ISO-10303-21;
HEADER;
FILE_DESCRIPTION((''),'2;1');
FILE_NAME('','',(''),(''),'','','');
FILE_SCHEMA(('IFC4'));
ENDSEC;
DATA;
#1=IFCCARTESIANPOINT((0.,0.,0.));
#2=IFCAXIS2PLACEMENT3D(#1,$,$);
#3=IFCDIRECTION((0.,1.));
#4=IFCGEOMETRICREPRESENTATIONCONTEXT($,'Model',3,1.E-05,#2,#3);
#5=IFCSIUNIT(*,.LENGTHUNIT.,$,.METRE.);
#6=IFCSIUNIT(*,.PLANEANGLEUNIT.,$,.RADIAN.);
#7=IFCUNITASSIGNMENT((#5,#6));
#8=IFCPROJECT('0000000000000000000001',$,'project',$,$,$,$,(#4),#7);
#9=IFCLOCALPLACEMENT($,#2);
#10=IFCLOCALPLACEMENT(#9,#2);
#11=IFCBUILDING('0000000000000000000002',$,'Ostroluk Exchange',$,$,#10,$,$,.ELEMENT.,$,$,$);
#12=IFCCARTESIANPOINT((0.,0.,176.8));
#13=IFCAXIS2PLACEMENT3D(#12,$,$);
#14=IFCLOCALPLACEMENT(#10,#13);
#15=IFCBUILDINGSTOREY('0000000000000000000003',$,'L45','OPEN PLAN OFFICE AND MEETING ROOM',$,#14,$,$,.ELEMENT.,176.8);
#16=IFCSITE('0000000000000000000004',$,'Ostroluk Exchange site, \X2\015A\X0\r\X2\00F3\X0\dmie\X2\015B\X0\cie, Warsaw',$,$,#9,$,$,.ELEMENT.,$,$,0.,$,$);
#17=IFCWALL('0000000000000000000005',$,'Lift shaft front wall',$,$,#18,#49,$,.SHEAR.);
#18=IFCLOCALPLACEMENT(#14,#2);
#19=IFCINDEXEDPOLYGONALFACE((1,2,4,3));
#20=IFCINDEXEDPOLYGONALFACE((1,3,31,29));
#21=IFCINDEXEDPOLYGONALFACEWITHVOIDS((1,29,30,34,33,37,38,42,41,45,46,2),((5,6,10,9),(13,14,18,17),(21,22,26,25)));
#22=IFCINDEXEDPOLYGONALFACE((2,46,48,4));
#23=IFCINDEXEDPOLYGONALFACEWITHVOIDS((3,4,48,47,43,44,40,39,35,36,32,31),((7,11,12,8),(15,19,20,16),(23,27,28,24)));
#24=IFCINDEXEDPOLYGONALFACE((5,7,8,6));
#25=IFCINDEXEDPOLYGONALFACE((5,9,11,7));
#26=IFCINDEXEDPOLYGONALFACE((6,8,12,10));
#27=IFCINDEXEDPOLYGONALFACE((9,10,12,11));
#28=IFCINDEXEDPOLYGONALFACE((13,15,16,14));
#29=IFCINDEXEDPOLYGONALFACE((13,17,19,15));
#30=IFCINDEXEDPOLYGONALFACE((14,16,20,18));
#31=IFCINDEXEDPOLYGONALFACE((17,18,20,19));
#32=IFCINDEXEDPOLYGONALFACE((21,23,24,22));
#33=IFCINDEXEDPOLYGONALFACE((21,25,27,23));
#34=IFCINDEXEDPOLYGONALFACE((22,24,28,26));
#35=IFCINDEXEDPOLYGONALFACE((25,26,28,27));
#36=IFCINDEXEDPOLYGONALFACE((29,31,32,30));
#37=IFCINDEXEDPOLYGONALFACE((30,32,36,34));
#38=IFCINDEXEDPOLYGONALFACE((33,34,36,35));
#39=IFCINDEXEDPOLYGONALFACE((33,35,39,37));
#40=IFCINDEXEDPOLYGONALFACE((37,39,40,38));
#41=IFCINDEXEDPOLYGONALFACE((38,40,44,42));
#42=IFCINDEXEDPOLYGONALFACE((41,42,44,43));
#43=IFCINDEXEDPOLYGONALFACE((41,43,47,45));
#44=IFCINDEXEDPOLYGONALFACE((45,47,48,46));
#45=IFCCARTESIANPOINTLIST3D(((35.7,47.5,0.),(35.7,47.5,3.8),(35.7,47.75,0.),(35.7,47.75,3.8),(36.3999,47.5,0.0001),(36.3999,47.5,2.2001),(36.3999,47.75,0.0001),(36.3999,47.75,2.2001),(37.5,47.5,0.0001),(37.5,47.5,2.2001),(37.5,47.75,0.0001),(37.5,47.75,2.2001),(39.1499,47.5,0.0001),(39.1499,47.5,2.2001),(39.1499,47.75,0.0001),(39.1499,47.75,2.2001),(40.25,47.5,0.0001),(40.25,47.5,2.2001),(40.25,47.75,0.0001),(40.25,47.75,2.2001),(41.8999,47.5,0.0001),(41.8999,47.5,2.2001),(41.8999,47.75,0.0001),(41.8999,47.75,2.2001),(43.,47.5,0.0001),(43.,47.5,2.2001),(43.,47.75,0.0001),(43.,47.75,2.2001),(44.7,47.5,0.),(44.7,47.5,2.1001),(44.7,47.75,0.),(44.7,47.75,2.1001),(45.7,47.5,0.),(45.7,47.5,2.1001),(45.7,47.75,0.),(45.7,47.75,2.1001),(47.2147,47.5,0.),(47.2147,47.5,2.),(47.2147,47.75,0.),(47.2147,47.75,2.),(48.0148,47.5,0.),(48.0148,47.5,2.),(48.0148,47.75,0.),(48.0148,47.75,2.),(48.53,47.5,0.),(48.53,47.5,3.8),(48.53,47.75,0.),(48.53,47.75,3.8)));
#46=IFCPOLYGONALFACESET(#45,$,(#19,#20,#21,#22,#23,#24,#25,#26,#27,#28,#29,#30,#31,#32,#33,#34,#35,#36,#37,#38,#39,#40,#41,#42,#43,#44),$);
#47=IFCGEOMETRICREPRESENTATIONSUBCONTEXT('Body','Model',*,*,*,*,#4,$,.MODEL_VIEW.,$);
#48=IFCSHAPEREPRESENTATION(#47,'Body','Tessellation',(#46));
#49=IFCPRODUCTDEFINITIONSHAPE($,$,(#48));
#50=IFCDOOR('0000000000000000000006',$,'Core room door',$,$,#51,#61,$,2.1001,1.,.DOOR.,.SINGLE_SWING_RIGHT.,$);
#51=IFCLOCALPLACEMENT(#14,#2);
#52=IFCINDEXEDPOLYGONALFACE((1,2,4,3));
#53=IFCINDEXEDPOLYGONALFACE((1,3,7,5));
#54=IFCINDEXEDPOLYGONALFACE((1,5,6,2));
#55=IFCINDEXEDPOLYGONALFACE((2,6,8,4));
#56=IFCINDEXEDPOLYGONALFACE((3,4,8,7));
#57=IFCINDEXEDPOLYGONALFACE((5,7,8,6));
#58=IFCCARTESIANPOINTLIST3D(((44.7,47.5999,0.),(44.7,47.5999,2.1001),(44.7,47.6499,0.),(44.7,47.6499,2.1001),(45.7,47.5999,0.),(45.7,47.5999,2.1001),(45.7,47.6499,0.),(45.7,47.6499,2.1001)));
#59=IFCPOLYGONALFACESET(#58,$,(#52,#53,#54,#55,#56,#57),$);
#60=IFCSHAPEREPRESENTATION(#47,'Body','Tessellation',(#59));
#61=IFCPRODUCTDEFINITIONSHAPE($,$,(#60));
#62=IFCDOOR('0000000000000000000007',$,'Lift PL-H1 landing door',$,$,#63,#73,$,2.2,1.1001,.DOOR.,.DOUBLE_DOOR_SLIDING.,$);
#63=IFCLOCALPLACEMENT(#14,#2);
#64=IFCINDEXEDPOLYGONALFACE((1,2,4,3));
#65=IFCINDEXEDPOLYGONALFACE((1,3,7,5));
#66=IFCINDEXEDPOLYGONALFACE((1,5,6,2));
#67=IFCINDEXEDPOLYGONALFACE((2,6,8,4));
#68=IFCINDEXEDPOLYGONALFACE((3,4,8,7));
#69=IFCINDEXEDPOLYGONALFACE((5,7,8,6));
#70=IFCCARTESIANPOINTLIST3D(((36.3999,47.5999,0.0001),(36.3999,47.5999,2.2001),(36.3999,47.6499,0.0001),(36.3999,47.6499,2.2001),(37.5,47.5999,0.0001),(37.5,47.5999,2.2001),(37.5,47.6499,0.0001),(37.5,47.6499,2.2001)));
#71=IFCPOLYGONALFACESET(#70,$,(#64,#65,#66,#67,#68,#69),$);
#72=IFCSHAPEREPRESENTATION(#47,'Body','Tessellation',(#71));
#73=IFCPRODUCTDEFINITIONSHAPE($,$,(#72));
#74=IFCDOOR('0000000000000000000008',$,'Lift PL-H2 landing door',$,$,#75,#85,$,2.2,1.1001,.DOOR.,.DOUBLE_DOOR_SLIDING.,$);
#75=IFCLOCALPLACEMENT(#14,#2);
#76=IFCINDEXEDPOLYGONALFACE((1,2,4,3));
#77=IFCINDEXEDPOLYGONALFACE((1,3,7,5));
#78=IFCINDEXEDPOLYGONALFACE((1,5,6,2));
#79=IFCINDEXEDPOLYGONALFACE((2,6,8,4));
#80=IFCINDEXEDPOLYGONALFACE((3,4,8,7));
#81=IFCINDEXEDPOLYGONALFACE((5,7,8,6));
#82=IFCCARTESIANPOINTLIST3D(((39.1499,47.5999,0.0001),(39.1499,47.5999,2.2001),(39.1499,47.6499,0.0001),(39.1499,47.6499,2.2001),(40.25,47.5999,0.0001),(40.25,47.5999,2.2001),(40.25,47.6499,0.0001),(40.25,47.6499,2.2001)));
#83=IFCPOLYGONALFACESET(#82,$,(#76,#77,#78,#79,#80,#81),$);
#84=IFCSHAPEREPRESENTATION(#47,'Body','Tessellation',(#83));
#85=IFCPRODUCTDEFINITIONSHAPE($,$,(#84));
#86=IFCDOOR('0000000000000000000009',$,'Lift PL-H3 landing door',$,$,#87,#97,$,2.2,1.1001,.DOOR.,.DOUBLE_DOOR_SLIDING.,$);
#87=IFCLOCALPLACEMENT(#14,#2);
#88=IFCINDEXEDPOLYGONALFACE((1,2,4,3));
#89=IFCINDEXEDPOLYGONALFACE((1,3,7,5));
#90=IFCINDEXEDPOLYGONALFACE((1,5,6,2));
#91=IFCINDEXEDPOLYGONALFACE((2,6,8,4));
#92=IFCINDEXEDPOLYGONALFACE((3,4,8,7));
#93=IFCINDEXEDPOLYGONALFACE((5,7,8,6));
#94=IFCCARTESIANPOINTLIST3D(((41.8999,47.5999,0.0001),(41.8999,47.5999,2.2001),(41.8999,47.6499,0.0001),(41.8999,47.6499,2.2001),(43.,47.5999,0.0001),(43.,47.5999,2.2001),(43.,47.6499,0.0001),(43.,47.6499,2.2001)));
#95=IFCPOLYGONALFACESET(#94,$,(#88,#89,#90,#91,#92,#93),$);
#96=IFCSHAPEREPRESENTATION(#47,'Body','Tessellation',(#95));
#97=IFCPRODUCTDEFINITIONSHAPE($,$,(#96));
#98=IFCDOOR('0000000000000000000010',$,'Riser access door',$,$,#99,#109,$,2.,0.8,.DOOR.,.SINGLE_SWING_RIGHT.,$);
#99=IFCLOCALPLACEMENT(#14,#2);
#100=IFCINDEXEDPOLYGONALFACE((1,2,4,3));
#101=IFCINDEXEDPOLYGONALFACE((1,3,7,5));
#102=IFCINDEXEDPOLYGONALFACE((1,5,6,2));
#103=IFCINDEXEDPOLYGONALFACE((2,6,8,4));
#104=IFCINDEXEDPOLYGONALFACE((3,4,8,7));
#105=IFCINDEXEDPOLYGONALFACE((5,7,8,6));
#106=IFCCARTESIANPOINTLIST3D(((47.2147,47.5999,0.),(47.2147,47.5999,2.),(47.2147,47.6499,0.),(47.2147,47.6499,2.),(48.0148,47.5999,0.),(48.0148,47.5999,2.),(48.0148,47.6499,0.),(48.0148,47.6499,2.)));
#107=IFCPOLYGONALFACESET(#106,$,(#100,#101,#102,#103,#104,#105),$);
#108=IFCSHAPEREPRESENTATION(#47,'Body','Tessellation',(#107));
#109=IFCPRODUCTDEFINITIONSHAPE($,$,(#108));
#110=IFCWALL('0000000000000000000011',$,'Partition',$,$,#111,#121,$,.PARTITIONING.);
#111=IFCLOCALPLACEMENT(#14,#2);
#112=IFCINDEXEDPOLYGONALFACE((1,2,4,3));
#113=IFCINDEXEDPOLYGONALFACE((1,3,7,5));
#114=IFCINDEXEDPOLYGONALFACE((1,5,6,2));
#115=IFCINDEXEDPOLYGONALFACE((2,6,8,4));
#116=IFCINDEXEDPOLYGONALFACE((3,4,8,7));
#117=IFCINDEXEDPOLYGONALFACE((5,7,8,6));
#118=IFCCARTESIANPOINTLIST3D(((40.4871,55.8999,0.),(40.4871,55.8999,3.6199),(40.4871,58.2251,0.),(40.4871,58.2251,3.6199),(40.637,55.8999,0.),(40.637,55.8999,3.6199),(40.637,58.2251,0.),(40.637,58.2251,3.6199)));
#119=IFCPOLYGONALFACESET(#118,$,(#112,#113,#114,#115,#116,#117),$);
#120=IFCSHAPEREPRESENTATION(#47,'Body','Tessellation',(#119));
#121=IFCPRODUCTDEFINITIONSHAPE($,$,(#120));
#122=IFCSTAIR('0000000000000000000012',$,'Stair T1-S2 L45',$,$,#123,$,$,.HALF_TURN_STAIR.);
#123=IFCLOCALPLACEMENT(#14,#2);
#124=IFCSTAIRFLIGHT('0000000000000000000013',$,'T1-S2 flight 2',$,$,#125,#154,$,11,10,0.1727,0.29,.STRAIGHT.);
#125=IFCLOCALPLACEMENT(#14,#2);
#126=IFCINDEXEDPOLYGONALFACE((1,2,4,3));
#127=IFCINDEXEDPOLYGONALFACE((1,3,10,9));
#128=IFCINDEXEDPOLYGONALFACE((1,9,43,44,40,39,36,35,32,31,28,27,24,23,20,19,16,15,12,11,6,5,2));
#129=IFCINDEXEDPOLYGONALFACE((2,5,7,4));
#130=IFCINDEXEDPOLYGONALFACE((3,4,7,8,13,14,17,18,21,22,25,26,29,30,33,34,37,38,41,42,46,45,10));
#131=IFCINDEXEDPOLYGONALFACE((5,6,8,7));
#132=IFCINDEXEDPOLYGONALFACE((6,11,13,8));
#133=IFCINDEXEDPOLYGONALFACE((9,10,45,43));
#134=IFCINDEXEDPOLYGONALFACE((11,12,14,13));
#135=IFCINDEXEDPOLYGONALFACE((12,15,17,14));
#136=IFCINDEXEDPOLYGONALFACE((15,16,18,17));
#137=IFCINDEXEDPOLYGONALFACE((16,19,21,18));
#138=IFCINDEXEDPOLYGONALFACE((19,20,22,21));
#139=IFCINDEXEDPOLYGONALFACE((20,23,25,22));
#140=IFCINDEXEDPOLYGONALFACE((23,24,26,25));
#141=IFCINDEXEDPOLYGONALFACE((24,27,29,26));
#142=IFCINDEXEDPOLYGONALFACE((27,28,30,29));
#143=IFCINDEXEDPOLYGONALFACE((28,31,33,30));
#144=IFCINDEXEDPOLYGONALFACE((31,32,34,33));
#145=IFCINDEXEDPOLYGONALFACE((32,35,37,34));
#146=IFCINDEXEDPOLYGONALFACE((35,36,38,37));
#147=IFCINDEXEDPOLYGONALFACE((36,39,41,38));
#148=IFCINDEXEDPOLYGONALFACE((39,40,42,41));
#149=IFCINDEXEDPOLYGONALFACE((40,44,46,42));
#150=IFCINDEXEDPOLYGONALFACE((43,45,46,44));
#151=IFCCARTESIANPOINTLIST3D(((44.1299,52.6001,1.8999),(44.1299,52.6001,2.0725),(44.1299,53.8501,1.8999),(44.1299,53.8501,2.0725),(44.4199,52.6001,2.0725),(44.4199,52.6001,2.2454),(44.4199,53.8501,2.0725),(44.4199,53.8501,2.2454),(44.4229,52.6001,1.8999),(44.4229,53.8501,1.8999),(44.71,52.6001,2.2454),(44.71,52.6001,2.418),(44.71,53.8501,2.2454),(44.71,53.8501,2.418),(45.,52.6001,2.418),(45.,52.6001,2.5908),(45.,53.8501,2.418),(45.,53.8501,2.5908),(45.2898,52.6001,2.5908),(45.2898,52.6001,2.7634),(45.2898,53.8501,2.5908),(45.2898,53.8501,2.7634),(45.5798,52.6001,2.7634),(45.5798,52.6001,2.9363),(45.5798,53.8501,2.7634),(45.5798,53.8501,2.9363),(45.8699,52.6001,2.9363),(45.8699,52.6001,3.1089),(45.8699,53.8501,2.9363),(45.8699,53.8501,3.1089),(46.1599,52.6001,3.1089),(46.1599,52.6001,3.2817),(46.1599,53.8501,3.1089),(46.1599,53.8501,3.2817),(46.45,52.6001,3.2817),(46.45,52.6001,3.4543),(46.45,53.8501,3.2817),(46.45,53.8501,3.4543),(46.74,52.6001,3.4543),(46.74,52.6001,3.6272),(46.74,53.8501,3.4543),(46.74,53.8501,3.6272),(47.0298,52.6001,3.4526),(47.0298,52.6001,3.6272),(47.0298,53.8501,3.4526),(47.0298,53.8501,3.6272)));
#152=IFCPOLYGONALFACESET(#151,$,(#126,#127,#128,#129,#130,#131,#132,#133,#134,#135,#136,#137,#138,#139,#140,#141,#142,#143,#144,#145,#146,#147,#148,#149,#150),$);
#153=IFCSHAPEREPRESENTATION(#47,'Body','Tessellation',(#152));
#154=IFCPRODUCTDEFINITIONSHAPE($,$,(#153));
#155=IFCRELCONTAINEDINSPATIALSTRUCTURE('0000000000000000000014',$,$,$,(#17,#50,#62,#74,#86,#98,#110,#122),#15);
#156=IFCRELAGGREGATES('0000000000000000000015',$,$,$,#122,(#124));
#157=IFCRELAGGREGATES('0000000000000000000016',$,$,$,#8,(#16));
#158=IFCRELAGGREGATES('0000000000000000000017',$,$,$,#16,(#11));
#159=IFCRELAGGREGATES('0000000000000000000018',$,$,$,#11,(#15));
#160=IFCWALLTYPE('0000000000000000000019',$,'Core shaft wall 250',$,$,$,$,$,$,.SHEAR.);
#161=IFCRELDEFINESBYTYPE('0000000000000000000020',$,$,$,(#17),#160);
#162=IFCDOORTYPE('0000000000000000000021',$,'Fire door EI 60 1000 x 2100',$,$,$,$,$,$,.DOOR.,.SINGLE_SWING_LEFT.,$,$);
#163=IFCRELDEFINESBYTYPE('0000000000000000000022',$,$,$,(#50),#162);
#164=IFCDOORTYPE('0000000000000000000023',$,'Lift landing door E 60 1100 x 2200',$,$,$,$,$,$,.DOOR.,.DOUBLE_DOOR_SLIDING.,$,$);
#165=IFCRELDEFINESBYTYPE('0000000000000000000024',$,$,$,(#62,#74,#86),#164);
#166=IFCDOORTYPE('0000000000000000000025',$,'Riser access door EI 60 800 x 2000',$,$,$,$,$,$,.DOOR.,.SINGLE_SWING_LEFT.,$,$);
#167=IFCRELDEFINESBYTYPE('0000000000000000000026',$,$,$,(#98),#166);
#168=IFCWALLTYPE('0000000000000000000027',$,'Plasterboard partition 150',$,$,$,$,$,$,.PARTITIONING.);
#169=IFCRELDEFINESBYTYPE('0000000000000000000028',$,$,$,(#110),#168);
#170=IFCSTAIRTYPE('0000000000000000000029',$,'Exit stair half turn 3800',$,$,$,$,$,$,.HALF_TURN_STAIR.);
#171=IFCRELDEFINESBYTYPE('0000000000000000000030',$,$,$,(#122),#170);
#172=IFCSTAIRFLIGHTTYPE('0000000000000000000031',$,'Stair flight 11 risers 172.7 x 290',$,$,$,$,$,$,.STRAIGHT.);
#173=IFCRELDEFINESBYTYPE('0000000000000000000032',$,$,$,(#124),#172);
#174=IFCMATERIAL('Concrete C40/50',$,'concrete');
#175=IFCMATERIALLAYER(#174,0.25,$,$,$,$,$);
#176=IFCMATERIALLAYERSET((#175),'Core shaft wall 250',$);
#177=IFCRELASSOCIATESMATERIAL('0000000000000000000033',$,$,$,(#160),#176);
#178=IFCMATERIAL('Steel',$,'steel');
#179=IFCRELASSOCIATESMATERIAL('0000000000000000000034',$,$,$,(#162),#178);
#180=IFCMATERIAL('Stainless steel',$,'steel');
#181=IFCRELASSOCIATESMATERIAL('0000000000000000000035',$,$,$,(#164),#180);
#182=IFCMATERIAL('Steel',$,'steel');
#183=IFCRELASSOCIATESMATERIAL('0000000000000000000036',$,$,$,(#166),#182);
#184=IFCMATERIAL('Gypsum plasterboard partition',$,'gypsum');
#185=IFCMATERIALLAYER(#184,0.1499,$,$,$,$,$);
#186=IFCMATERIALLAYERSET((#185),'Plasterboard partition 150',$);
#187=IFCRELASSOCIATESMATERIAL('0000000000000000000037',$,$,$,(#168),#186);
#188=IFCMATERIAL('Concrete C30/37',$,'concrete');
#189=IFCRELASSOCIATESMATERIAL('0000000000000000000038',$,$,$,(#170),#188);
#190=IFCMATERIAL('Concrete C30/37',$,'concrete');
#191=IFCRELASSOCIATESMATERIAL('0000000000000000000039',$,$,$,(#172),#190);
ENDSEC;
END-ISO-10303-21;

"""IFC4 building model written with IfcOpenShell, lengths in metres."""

from ifc_helpers import new_model, si_unit, direction, frame, frame_2d, origin, place, context, subcontext, project, spatial, polyline, rectangle, outline, extrude, material, layer, layer_set, type_object, element, fill, aggregate, save


model = new_model("IFC4")

# Units and contexts
model_context = context("Model", 3, precision=1e-05, world=origin(), true_north=direction((0.0, 1.0)))
body_context = subcontext(model_context, "Body", "Model", "MODEL_VIEW")
ifc_project = project(units=[si_unit("LENGTHUNIT", "METRE"), si_unit("PLANEANGLEUNIT", "RADIAN")], contexts=[model_context])

# Site, building, storey
site_placement = place(None, origin())
site = spatial("IfcSite", under=ifc_project, at=site_placement, Name="Ostroluk Exchange site, Śródmieście, Warsaw", CompositionType="ELEMENT", RefElevation=0.0)
building_placement = place(site_placement, origin())
building = spatial("IfcBuilding", under=site, at=building_placement, Name="Ostroluk Exchange", CompositionType="ELEMENT")
storey_placement = place(building_placement, frame((0.0, 0.0, 176.8)))
storey = spatial("IfcBuildingStorey", under=building, at=storey_placement, Name="L45", Description="OPEN PLAN OFFICE AND MEETING ROOM", CompositionType="ELEMENT", Elevation=176.8)

# Shared definitions
ifc_material_1 = material(Name="Concrete C40/50", Category="concrete")
ifc_layer_1 = layer(ifc_material_1, 0.25)
ifc_layer_set_1 = layer_set([ifc_layer_1], Name="Core shaft wall 250")
wall_type_1 = type_object("IfcWallType", Name="Core shaft wall 250", PredefinedType="SHEAR", material=ifc_layer_set_1)

# Wall, openings, doors
wall_1_placement = place(storey_placement, frame((35.7, 47.625, 0.0), z_axis=(0.0, 0.0, 1.0), x_axis=(1.0, 0.0, 0.0)))
wall_1 = element("IfcWall", 1, at=wall_1_placement, inside=storey, type_object=wall_type_1, Name="Lift shaft front wall", PredefinedType="SHEAR", context=body_context, shape_type="SweptSolid", body=[
    extrude(rectangle(XDim=12.8301, YDim=0.25, at=frame_2d((6.415, 0.0))), origin(), (0.0, 0.0, 1.0), 3.8),
])
opening_1_placement = place(wall_1_placement, frame((0.7, 0.0, 0.0)))
opening_1 = element("IfcOpeningElement", 2, at=opening_1_placement, cuts=wall_1, PredefinedType="OPENING", context=body_context, shape_type="SweptSolid", body=[
    extrude(rectangle(XDim=1.1001, YDim=2.2, at=frame_2d((0.55, 1.1001))), frame((0.0, 0.135, 0.0), z_axis=(0.0, -1.0, 0.0), x_axis=(1.0, 0.0, 0.0)), (0.0, 0.0, 1.0), 0.27),
])
opening_2_placement = place(wall_1_placement, frame((3.45, 0.0, 0.0)))
opening_2 = element("IfcOpeningElement", 3, at=opening_2_placement, cuts=wall_1, PredefinedType="OPENING", context=body_context, shape_type="SweptSolid", body=[
    extrude(rectangle(XDim=1.1001, YDim=2.2, at=frame_2d((0.55, 1.1001))), frame((0.0, 0.135, 0.0), z_axis=(0.0, -1.0, 0.0), x_axis=(1.0, 0.0, 0.0)), (0.0, 0.0, 1.0), 0.27),
])
opening_3_placement = place(wall_1_placement, frame((6.2, 0.0, 0.0)))
opening_3 = element("IfcOpeningElement", 4, at=opening_3_placement, cuts=wall_1, PredefinedType="OPENING", context=body_context, shape_type="SweptSolid", body=[
    extrude(rectangle(XDim=1.1001, YDim=2.2, at=frame_2d((0.55, 1.1001))), frame((0.0, 0.135, 0.0), z_axis=(0.0, -1.0, 0.0), x_axis=(1.0, 0.0, 0.0)), (0.0, 0.0, 1.0), 0.27),
])
opening_4_placement = place(wall_1_placement, frame((9.0, 0.0, 0.0)))
opening_4 = element("IfcOpeningElement", 5, at=opening_4_placement, cuts=wall_1, PredefinedType="OPENING", context=body_context, shape_type="SweptSolid", body=[
    extrude(rectangle(XDim=1.0, YDim=2.1001, at=frame_2d((0.5, 1.05))), frame((0.0, 0.135, 0.0), z_axis=(0.0, -1.0, 0.0), x_axis=(1.0, 0.0, 0.0)), (0.0, 0.0, 1.0), 0.27),
])
opening_5_placement = place(wall_1_placement, frame((11.5149, 0.0, 0.0)))
opening_5 = element("IfcOpeningElement", 6, at=opening_5_placement, cuts=wall_1, PredefinedType="OPENING", context=body_context, shape_type="SweptSolid", body=[
    extrude(rectangle(XDim=0.8, YDim=2.0, at=frame_2d((0.3999, 1.0))), frame((0.0, 0.135, 0.0), z_axis=(0.0, -1.0, 0.0), x_axis=(1.0, 0.0, 0.0)), (0.0, 0.0, 1.0), 0.27),
])
ifc_material_2 = material(Name="Steel", Category="steel")
door_type_1 = type_object("IfcDoorType", Name="Fire door EI 60 1000 x 2100", OperationType="SINGLE_SWING_LEFT", PredefinedType="DOOR", material=ifc_material_2)
door_1_placement = place(opening_4_placement, origin())
door_1 = element("IfcDoor", 7, at=door_1_placement, inside=storey, type_object=door_type_1, Name="Core room door", OperationType="SINGLE_SWING_RIGHT", OverallHeight=2.1001, OverallWidth=1.0, PredefinedType="DOOR", context=body_context, shape_type="SweptSolid", body=[
    extrude(rectangle(XDim=1.0, YDim=2.1001, at=frame_2d((0.5, 1.05))), frame((0.0, 0.0249, 0.0), z_axis=(0.0, -1.0, 0.0), x_axis=(1.0, 0.0, 0.0)), (0.0, 0.0, 1.0), 0.05),
])
fill(opening_4, door_1)
ifc_material_3 = material(Name="Stainless steel", Category="steel")
door_type_2 = type_object("IfcDoorType", Name="Lift landing door E 60 1100 x 2200", OperationType="DOUBLE_DOOR_SLIDING", PredefinedType="DOOR", material=ifc_material_3)
door_2_placement = place(opening_1_placement, origin())
door_2 = element("IfcDoor", 8, at=door_2_placement, inside=storey, type_object=door_type_2, Name="Lift PL-H1 landing door", OperationType="DOUBLE_DOOR_SLIDING", OverallHeight=2.2, OverallWidth=1.1001, PredefinedType="DOOR", context=body_context, shape_type="SweptSolid", body=[
    extrude(rectangle(XDim=1.1001, YDim=2.2, at=frame_2d((0.55, 1.1001))), frame((0.0, 0.0249, 0.0), z_axis=(0.0, -1.0, 0.0), x_axis=(1.0, 0.0, 0.0)), (0.0, 0.0, 1.0), 0.05),
])
fill(opening_1, door_2)
door_3_placement = place(opening_2_placement, origin())
door_3 = element("IfcDoor", 9, at=door_3_placement, inside=storey, type_object=door_type_2, Name="Lift PL-H2 landing door", OperationType="DOUBLE_DOOR_SLIDING", OverallHeight=2.2, OverallWidth=1.1001, PredefinedType="DOOR", context=body_context, shape_type="SweptSolid", body=[
    extrude(rectangle(XDim=1.1001, YDim=2.2, at=frame_2d((0.55, 1.1001))), frame((0.0, 0.0249, 0.0), z_axis=(0.0, -1.0, 0.0), x_axis=(1.0, 0.0, 0.0)), (0.0, 0.0, 1.0), 0.05),
])
fill(opening_2, door_3)
door_4_placement = place(opening_3_placement, origin())
door_4 = element("IfcDoor", 10, at=door_4_placement, inside=storey, type_object=door_type_2, Name="Lift PL-H3 landing door", OperationType="DOUBLE_DOOR_SLIDING", OverallHeight=2.2, OverallWidth=1.1001, PredefinedType="DOOR", context=body_context, shape_type="SweptSolid", body=[
    extrude(rectangle(XDim=1.1001, YDim=2.2, at=frame_2d((0.55, 1.1001))), frame((0.0, 0.0249, 0.0), z_axis=(0.0, -1.0, 0.0), x_axis=(1.0, 0.0, 0.0)), (0.0, 0.0, 1.0), 0.05),
])
fill(opening_3, door_4)
ifc_material_4 = material(Name="Steel", Category="steel")
door_type_3 = type_object("IfcDoorType", Name="Riser access door EI 60 800 x 2000", OperationType="SINGLE_SWING_LEFT", PredefinedType="DOOR", material=ifc_material_4)
door_5_placement = place(opening_5_placement, origin())
door_5 = element("IfcDoor", 11, at=door_5_placement, inside=storey, type_object=door_type_3, Name="Riser access door", OperationType="SINGLE_SWING_RIGHT", OverallHeight=2.0, OverallWidth=0.8, PredefinedType="DOOR", context=body_context, shape_type="SweptSolid", body=[
    extrude(rectangle(XDim=0.8, YDim=2.0, at=frame_2d((0.3999, 1.0))), frame((0.0, 0.0249, 0.0), z_axis=(0.0, -1.0, 0.0), x_axis=(1.0, 0.0, 0.0)), (0.0, 0.0, 1.0), 0.05),
])
fill(opening_5, door_5)

# Wall
ifc_material_5 = material(Name="Gypsum plasterboard partition", Category="gypsum")
ifc_layer_2 = layer(ifc_material_5, 0.1499)
ifc_layer_set_2 = layer_set([ifc_layer_2], Name="Plasterboard partition 150")
wall_type_2 = type_object("IfcWallType", Name="Plasterboard partition 150", PredefinedType="PARTITIONING", material=ifc_layer_set_2)
wall_2_placement = place(storey_placement, frame((40.562, 55.8999, 0.0), z_axis=(0.0, 0.0, 1.0), x_axis=(0.0, 1.0, 0.0)))
element("IfcWall", 12, at=wall_2_placement, inside=storey, type_object=wall_type_2, Name="Partition", PredefinedType="PARTITIONING", context=body_context, shape_type="SweptSolid", body=[
    extrude(rectangle(XDim=2.3252, YDim=0.1499, at=frame_2d((1.1626, 0.0))), origin(), (0.0, 0.0, 1.0), 3.6199),
])

# Stair, stair flight
ifc_material_6 = material(Name="Concrete C30/37", Category="concrete")
stair_type = type_object("IfcStairType", Name="Exit stair half turn 3800", PredefinedType="HALF_TURN_STAIR", material=ifc_material_6)
stair_placement = place(storey_placement, origin())
stair = element("IfcStair", 13, at=stair_placement, inside=storey, type_object=stair_type, Name="Stair T1-S2 L45", PredefinedType="HALF_TURN_STAIR")
ifc_material_7 = material(Name="Concrete C30/37", Category="concrete")
stair_flight_type = type_object("IfcStairFlightType", Name="Stair flight 11 risers 172.7 x 290", PredefinedType="STRAIGHT", material=ifc_material_7)
stair_flight_placement = place(storey_placement, frame((44.1299, 53.2251, 1.8999), z_axis=(0.0, 0.0, 1.0), x_axis=(1.0, 0.0, 0.0)))
stair_flight = element("IfcStairFlight", 14, at=stair_flight_placement, type_object=stair_flight_type, Name="T1-S2 flight 2", NumberOfRisers=11, NumberOfTreads=10, PredefinedType="STRAIGHT", RiserHeight=0.1727, TreadLength=0.29, context=body_context, shape_type="SweptSolid", body=[
    extrude(outline(polyline([(0.0, 0.0), (0.0, 0.1726), (0.29, 0.1726), (0.29, 0.3455), (0.5801, 0.3455), (0.5801, 0.5181), (0.8701, 0.5181), (0.8701, 0.6909), (1.1599, 0.6909), (1.1599, 0.8635), (1.45, 0.8635), (1.45, 1.0364), (1.74, 1.0364), (1.74, 1.209), (2.03, 1.209), (2.03, 1.3818), (2.3201, 1.3818), (2.3201, 1.5544), (2.6101, 1.5544), (2.6101, 1.7273), (2.8999, 1.7273), (2.8999, 1.8999), (2.8999, 1.5527), (0.293, 0.0), (0.0, 0.0)])), frame((0.0, 0.625, 0.0), z_axis=(0.0, -1.0, 0.0), x_axis=(1.0, 0.0, 0.0)), (0.0, 0.0, 1.0), 1.25),
])
aggregate(stair, [stair_flight])

save(model, "model.ifc")
